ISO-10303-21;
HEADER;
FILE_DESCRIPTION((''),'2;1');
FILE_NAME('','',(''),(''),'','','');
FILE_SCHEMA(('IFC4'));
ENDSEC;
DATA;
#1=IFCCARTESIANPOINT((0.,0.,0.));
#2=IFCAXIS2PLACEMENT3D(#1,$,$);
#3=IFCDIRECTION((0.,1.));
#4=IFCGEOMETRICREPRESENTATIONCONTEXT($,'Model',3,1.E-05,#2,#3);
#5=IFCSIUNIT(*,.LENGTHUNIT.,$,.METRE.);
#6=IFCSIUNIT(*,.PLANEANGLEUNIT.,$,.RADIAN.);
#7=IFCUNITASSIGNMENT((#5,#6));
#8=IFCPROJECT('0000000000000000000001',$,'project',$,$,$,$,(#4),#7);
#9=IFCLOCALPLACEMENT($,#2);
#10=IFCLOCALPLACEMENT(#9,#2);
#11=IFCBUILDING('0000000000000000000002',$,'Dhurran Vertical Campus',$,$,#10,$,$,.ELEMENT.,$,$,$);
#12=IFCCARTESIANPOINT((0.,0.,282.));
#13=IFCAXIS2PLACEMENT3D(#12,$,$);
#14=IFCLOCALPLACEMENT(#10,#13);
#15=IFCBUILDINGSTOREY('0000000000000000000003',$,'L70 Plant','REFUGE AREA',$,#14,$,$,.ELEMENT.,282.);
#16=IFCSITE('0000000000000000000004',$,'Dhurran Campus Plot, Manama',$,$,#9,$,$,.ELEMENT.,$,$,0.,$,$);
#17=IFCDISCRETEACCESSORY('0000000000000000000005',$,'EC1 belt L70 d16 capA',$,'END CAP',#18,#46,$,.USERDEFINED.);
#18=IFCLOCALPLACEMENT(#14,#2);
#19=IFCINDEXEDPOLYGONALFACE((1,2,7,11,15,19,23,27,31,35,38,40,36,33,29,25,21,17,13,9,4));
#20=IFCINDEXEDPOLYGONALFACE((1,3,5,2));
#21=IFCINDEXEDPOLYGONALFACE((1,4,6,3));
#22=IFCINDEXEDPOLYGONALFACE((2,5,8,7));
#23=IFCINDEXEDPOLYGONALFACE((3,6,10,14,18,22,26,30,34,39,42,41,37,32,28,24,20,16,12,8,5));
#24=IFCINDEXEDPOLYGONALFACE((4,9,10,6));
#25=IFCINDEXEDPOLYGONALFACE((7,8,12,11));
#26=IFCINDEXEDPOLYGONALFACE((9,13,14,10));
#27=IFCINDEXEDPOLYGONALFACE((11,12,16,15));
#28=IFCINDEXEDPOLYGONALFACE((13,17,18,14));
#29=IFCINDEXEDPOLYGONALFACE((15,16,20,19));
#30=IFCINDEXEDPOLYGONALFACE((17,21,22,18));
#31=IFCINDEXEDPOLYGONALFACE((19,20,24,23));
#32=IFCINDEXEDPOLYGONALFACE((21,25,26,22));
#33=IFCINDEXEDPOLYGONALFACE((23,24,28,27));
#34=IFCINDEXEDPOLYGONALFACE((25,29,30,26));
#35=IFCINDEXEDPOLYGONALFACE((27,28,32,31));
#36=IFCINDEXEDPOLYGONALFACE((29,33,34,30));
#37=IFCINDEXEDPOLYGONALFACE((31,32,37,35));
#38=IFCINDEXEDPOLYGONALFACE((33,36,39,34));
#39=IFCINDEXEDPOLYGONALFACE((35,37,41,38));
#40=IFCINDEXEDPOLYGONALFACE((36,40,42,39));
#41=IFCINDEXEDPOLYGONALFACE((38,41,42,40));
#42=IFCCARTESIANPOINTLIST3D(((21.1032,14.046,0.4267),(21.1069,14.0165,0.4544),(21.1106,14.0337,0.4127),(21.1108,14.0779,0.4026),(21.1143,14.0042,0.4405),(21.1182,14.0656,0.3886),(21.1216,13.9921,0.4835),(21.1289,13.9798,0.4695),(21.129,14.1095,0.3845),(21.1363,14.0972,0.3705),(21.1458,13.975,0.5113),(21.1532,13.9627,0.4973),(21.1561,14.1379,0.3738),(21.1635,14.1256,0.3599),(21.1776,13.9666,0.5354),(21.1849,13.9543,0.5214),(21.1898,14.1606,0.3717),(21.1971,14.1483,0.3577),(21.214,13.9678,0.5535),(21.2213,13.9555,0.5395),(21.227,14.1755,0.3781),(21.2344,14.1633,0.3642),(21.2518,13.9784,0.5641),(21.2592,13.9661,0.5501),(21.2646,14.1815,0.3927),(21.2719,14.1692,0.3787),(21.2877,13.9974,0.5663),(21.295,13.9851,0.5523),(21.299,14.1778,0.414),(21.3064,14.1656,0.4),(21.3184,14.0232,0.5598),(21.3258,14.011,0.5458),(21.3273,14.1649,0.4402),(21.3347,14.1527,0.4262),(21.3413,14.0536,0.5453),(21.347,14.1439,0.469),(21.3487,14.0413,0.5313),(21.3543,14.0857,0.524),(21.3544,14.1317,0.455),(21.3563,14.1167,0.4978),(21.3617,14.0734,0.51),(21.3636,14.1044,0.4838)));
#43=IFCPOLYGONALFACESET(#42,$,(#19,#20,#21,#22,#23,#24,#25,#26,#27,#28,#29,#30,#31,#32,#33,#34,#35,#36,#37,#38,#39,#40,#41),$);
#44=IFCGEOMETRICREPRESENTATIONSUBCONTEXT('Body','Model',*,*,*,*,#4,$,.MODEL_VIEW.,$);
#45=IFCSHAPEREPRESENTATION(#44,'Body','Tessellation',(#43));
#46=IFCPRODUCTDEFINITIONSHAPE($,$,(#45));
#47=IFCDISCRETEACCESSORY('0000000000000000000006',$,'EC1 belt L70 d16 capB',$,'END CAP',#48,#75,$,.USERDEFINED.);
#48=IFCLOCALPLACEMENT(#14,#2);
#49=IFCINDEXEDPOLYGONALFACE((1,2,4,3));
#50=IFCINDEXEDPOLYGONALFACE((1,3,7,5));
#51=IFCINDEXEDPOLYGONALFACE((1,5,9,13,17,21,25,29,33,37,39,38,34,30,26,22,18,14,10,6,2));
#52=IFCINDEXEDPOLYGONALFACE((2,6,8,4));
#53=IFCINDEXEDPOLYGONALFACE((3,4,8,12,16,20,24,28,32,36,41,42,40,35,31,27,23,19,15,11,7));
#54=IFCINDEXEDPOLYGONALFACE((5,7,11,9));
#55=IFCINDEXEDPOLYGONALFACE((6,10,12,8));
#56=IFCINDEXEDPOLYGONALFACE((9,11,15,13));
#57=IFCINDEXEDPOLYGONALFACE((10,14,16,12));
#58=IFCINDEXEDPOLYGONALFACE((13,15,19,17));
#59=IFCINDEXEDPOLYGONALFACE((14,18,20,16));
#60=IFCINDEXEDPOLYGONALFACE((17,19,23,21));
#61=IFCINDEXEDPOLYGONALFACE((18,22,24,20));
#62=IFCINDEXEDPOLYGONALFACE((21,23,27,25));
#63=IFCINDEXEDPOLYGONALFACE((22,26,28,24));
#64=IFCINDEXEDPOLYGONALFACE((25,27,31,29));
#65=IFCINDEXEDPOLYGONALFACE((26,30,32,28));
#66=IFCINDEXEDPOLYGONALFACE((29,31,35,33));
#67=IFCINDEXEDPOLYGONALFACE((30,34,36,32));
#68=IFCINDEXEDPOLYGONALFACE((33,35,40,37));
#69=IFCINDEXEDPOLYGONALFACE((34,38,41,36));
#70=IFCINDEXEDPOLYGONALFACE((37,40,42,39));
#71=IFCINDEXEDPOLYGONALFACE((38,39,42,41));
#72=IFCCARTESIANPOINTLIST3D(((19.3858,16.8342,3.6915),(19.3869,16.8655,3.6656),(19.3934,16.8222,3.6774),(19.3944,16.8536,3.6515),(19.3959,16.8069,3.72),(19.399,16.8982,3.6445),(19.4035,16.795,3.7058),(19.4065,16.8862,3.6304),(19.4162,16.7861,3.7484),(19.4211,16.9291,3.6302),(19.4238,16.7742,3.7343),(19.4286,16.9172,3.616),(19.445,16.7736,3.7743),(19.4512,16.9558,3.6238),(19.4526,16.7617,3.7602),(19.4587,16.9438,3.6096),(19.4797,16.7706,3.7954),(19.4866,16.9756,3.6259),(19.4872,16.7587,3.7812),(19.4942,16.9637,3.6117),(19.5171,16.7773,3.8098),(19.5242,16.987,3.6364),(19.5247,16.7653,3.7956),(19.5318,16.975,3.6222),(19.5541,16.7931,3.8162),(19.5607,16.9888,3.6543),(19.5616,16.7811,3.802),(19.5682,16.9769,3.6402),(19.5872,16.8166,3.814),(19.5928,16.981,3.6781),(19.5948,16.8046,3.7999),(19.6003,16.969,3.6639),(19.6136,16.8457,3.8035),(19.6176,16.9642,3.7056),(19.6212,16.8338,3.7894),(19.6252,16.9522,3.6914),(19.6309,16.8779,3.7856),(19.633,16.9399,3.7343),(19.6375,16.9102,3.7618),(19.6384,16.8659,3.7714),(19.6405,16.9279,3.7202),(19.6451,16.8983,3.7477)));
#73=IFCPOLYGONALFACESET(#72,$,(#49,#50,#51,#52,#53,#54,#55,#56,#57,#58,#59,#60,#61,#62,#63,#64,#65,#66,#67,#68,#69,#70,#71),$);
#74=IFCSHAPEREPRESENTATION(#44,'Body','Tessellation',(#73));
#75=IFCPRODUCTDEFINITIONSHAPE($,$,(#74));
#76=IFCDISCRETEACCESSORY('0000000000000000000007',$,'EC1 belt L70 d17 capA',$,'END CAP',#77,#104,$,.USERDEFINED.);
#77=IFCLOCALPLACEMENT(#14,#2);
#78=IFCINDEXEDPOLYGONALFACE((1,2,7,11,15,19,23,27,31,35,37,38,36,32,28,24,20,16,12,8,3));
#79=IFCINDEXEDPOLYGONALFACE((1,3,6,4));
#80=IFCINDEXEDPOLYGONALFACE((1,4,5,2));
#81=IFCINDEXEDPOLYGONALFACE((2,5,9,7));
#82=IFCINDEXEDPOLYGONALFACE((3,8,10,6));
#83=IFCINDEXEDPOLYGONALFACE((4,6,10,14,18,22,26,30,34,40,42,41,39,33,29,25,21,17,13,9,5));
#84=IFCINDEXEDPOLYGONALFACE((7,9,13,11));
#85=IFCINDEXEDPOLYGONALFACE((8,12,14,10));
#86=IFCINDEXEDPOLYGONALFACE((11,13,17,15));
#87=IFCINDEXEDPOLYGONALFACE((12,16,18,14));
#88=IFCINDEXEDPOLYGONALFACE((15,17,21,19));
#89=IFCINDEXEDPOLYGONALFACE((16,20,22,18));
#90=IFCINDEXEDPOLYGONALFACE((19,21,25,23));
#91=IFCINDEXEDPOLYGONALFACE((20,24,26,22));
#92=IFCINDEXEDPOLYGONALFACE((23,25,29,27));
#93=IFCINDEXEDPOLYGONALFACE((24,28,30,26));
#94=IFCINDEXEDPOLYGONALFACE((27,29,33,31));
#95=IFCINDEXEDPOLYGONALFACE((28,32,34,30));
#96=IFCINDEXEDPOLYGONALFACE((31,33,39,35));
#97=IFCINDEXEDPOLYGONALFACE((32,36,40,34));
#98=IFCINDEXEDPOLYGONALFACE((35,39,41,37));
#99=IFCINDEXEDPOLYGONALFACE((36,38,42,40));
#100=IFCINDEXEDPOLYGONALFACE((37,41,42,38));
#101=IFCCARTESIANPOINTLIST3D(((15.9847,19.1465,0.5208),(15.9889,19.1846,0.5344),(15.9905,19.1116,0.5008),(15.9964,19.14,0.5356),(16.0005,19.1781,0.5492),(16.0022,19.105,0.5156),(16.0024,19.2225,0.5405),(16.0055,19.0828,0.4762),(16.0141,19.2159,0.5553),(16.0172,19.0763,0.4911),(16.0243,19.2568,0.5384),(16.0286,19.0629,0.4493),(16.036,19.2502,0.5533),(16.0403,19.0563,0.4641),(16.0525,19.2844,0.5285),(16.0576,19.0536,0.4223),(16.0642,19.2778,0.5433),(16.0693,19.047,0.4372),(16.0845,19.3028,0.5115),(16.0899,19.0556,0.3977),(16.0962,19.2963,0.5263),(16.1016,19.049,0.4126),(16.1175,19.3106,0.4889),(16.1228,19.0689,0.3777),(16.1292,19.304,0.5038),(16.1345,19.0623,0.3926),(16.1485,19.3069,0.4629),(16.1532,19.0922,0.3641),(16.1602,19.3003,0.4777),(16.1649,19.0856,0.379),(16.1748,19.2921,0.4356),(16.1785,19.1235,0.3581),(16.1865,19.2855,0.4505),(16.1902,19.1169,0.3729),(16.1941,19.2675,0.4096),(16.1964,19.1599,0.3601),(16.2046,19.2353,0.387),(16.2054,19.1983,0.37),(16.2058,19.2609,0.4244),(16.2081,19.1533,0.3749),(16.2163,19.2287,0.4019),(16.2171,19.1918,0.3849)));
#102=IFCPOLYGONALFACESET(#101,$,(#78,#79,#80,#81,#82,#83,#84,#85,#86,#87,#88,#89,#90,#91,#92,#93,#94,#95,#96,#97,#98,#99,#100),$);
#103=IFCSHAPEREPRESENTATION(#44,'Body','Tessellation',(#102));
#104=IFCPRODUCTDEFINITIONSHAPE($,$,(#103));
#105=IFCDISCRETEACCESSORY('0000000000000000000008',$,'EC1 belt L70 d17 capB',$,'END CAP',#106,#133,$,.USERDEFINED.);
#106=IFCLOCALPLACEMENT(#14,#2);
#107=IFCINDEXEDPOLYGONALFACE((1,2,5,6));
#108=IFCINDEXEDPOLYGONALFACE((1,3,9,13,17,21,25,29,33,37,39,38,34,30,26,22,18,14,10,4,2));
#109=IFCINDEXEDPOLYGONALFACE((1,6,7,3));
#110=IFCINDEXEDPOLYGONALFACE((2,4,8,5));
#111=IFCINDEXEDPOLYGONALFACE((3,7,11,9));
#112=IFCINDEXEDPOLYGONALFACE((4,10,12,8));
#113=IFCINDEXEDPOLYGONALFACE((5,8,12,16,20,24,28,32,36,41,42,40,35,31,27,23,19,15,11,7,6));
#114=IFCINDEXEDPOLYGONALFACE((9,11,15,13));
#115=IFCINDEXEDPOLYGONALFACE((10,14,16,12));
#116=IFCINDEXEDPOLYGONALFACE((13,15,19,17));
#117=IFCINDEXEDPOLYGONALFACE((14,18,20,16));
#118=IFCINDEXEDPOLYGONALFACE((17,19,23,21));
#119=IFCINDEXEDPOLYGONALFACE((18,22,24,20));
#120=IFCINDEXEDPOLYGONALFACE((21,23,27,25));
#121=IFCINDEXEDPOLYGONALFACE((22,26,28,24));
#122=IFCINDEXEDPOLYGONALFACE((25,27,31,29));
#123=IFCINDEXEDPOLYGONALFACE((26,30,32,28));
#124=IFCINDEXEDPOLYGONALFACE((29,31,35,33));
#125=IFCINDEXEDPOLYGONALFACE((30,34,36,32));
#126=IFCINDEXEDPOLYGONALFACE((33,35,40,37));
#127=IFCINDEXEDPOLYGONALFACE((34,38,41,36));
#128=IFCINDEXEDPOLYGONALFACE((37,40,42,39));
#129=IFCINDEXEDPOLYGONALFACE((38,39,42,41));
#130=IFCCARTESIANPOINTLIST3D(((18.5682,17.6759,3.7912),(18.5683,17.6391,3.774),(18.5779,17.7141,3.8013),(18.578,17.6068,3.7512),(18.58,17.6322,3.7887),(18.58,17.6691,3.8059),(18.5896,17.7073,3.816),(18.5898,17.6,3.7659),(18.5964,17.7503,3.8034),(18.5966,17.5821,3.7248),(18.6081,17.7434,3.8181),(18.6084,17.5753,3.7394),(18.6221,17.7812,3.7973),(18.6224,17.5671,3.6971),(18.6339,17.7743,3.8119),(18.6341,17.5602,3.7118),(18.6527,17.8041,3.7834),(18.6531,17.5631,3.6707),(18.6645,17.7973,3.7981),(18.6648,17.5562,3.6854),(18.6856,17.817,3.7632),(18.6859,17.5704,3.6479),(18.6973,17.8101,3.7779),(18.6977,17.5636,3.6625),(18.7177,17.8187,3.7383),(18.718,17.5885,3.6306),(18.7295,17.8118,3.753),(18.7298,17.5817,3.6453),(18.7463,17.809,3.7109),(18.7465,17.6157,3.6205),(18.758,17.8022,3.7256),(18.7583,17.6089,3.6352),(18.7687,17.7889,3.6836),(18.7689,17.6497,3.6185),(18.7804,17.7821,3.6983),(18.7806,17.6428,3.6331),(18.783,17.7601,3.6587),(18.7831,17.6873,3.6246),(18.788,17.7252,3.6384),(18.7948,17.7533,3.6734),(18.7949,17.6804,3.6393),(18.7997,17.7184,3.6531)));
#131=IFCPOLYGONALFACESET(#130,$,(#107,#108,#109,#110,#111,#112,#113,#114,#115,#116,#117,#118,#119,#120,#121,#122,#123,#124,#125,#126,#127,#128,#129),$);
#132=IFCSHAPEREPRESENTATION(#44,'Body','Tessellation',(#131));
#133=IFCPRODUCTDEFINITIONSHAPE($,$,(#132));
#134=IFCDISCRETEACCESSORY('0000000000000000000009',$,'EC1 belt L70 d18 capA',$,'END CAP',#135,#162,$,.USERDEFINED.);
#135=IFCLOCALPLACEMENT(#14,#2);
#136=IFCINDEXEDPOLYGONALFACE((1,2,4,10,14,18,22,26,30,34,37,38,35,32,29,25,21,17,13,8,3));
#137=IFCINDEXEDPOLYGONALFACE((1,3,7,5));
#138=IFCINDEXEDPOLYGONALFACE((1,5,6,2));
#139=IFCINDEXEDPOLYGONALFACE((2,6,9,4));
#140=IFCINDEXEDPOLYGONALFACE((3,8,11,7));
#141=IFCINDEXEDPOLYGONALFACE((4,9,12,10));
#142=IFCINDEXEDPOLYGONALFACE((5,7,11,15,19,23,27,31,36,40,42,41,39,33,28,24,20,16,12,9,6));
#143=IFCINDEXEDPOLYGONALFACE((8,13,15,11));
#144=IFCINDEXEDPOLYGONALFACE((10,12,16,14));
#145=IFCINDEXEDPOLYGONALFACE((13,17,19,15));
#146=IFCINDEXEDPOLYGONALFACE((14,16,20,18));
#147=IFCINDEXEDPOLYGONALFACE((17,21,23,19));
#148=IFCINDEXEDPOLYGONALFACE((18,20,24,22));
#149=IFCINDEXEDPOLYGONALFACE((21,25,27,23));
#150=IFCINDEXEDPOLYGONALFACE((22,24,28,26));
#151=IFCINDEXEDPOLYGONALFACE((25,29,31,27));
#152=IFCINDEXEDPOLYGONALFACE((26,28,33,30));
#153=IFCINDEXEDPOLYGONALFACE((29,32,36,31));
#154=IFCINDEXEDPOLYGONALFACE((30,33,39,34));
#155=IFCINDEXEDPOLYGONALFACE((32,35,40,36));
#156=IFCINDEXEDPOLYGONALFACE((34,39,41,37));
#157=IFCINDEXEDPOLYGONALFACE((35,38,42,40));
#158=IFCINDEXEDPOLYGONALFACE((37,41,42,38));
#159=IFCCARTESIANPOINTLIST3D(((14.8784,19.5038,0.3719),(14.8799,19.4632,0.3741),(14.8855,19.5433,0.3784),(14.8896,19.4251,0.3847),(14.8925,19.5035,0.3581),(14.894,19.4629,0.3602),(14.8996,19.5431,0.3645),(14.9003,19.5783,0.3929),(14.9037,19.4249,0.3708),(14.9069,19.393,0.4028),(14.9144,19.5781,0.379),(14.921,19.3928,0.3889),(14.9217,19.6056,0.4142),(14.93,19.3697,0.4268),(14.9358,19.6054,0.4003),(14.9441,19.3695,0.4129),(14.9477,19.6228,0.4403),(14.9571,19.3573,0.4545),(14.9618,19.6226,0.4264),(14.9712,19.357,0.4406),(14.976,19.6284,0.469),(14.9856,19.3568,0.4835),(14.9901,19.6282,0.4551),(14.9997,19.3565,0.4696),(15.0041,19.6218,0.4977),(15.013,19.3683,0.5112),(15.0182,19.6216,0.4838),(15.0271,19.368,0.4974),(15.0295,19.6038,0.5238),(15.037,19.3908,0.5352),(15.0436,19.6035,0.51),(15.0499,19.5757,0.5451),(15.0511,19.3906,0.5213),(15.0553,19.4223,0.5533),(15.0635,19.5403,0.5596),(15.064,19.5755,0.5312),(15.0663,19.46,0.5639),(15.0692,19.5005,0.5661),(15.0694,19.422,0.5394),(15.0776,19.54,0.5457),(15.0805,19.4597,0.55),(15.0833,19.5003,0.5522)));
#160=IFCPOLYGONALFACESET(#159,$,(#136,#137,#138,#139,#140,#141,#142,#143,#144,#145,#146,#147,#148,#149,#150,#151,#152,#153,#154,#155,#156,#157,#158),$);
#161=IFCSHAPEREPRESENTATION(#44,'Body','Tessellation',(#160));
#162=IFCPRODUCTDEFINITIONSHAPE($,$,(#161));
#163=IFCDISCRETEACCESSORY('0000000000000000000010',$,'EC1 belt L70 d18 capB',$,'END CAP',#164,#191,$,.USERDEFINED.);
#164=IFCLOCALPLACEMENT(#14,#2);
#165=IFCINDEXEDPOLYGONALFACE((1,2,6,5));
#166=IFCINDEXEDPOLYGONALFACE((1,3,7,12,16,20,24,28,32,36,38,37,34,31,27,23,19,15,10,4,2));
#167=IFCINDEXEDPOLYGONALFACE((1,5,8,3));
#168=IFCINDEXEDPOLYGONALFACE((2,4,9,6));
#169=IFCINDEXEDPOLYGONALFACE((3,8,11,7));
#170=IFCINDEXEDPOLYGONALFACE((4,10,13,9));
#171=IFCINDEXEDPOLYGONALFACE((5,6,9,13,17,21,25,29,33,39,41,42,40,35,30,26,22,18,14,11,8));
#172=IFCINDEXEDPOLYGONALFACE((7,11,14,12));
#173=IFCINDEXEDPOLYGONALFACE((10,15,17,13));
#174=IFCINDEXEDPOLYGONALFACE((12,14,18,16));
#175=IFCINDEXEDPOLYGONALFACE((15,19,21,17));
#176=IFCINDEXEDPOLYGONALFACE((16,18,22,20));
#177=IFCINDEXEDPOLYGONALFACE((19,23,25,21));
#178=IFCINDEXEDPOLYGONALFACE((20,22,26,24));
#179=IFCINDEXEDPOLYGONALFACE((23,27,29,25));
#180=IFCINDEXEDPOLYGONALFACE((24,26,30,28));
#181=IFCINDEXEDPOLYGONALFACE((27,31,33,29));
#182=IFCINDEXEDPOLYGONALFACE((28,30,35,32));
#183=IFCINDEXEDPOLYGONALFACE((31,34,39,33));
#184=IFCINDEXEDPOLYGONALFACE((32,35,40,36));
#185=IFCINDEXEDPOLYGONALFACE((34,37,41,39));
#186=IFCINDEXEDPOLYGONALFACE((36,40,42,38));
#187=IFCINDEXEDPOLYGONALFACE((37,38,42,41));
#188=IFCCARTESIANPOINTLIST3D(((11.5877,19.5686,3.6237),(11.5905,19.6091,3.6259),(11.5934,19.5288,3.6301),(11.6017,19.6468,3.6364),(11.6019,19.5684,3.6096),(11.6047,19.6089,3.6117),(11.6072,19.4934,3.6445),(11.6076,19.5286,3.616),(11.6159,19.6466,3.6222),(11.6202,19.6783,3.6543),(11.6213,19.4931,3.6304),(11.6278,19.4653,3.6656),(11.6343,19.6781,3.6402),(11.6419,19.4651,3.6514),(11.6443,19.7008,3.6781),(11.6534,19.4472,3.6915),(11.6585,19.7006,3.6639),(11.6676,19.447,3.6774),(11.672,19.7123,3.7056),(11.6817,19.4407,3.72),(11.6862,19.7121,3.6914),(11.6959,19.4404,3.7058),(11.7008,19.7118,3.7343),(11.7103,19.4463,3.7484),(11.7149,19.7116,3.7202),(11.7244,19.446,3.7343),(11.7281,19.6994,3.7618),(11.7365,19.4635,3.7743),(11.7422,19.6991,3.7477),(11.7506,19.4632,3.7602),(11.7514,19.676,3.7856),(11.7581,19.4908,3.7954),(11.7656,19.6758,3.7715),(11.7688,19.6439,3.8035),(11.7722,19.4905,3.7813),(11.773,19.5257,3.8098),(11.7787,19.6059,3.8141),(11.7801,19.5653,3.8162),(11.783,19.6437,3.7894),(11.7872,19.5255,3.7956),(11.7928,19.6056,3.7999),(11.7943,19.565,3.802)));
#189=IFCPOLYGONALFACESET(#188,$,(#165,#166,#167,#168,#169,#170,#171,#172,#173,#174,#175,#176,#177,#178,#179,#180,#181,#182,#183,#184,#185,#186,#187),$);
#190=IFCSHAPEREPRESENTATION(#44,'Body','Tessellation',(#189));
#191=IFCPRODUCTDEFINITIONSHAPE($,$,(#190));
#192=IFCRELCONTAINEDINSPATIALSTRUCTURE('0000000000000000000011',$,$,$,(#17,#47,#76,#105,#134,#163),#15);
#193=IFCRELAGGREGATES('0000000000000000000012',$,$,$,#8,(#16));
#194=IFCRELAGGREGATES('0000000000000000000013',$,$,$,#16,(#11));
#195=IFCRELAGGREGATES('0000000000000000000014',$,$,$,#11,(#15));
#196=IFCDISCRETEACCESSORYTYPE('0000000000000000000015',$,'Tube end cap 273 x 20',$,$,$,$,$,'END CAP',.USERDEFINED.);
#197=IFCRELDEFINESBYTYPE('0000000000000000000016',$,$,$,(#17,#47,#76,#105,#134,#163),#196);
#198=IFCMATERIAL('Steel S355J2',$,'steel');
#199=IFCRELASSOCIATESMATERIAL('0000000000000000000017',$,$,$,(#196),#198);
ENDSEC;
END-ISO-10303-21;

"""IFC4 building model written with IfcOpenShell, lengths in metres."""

from ifc_helpers import new_model, si_unit, direction, frame, origin, origin_2d, place, context, subcontext, project, spatial, circle, extrude, material, material_profile, profile_set, type_object, element, save


model = new_model("IFC4")

# Units and contexts
model_context = context("Model", 3, precision=1e-05, world=origin(), true_north=direction((0.0, 1.0)))
body_context = subcontext(model_context, "Body", "Model", "MODEL_VIEW")
ifc_project = project(units=[si_unit("LENGTHUNIT", "METRE"), si_unit("PLANEANGLEUNIT", "RADIAN")], contexts=[model_context])

# Site, building, storey
site_placement = place(None, origin())
site = spatial("IfcSite", under=ifc_project, at=site_placement, Name="Dhurran Campus Plot, Manama", CompositionType="ELEMENT", RefElevation=0.0)
building_placement = place(site_placement, origin())
building = spatial("IfcBuilding", under=site, at=building_placement, Name="Dhurran Vertical Campus", CompositionType="ELEMENT")
storey_placement = place(building_placement, frame((0.0, 0.0, 282.0)))
storey = spatial("IfcBuildingStorey", under=building, at=storey_placement, Name="L70 Plant", Description="REFUGE AREA", CompositionType="ELEMENT", Elevation=282.0)

# Discrete accessories
ifc_material_1 = material(Name="Steel S355J2", Category="steel")
ifc_material_profile_1 = material_profile(ifc_material_1, circle(Radius=0.1365, at=origin_2d()), Name="Tube end cap 273 x 20")
ifc_profile_set_1 = profile_set([ifc_material_profile_1], Name="Steel S355J2")
discrete_accessory_type = type_object("IfcDiscreteAccessoryType", Name="Tube end cap 273 x 20", ElementType="END CAP", PredefinedType="USERDEFINED", material=ifc_profile_set_1)
for number, where, z_axis, x_axis, name in (
    (1, (21.23, 14.0737, 0.469), (0.367911, -0.613185, -0.699031), (0.857493, 0.514496, 0.0), "EC1 belt L70 d16 capA"),
    (2, (19.5188, 16.8679, 3.7058), (-0.377993, 0.597472, 0.707212), (-0.845079, -0.534642, 0.0), "EC1 belt L70 d16 capB"),
    (3, (16.1072, 19.1753, 0.4641), (-0.584064, 0.328536, -0.742248), (-0.490261, -0.871576, 0.0), "EC1 belt L70 d17 capA"),
    (4, (18.6775, 17.6912, 3.7109), (0.586939, -0.342381, 0.733674), (0.503871, 0.863779, 0.0), "EC1 belt L70 d17 capB"),
):
    element("IfcDiscreteAccessory", number, at=place(storey_placement, frame(where, z_axis=z_axis, x_axis=x_axis)), inside=storey, type_object=discrete_accessory_type, Name=name, ObjectType="END CAP", PredefinedType="USERDEFINED", context=body_context, shape_type="SweptSolid", body=[
        extrude(circle(Radius=0.1365, at=origin_2d()), origin(), (0.0, 0.0, 1.0), 0.02),
    ])
discrete_accessory_1_placement = place(storey_placement, frame((14.9736, 19.4919, 0.469), z_axis=(0.713175, -0.012296, -0.700879), x_axis=(0.017239, 0.999851, 0.0)))
element("IfcDiscreteAccessory", 5, at=discrete_accessory_1_placement, inside=storey, type_object=discrete_accessory_type, Name="EC1 belt L70 d18 capA", ObjectType="END CAP", PredefinedType="USERDEFINED", context=body_context, shape_type="SweptSolid", body=[
    extrude(circle(Radius=0.1365, at=origin_2d()), origin(), (0.0, 0.0, 1.0), 0.0198),
])
discrete_accessory_2_placement = place(storey_placement, frame((11.6982, 19.5769, 3.7058), z_axis=(-0.707054, 0.012191, 0.707054), x_axis=(-0.017239, -0.999851, 0.0)))
element("IfcDiscreteAccessory", 6, at=discrete_accessory_2_placement, inside=storey, type_object=discrete_accessory_type, Name="EC1 belt L70 d18 capB", ObjectType="END CAP", PredefinedType="USERDEFINED", context=body_context, shape_type="SweptSolid", body=[
    extrude(circle(Radius=0.1365, at=origin_2d()), origin(), (0.0, 0.0, 1.0), 0.02),
])

save(model, "model.ifc")
